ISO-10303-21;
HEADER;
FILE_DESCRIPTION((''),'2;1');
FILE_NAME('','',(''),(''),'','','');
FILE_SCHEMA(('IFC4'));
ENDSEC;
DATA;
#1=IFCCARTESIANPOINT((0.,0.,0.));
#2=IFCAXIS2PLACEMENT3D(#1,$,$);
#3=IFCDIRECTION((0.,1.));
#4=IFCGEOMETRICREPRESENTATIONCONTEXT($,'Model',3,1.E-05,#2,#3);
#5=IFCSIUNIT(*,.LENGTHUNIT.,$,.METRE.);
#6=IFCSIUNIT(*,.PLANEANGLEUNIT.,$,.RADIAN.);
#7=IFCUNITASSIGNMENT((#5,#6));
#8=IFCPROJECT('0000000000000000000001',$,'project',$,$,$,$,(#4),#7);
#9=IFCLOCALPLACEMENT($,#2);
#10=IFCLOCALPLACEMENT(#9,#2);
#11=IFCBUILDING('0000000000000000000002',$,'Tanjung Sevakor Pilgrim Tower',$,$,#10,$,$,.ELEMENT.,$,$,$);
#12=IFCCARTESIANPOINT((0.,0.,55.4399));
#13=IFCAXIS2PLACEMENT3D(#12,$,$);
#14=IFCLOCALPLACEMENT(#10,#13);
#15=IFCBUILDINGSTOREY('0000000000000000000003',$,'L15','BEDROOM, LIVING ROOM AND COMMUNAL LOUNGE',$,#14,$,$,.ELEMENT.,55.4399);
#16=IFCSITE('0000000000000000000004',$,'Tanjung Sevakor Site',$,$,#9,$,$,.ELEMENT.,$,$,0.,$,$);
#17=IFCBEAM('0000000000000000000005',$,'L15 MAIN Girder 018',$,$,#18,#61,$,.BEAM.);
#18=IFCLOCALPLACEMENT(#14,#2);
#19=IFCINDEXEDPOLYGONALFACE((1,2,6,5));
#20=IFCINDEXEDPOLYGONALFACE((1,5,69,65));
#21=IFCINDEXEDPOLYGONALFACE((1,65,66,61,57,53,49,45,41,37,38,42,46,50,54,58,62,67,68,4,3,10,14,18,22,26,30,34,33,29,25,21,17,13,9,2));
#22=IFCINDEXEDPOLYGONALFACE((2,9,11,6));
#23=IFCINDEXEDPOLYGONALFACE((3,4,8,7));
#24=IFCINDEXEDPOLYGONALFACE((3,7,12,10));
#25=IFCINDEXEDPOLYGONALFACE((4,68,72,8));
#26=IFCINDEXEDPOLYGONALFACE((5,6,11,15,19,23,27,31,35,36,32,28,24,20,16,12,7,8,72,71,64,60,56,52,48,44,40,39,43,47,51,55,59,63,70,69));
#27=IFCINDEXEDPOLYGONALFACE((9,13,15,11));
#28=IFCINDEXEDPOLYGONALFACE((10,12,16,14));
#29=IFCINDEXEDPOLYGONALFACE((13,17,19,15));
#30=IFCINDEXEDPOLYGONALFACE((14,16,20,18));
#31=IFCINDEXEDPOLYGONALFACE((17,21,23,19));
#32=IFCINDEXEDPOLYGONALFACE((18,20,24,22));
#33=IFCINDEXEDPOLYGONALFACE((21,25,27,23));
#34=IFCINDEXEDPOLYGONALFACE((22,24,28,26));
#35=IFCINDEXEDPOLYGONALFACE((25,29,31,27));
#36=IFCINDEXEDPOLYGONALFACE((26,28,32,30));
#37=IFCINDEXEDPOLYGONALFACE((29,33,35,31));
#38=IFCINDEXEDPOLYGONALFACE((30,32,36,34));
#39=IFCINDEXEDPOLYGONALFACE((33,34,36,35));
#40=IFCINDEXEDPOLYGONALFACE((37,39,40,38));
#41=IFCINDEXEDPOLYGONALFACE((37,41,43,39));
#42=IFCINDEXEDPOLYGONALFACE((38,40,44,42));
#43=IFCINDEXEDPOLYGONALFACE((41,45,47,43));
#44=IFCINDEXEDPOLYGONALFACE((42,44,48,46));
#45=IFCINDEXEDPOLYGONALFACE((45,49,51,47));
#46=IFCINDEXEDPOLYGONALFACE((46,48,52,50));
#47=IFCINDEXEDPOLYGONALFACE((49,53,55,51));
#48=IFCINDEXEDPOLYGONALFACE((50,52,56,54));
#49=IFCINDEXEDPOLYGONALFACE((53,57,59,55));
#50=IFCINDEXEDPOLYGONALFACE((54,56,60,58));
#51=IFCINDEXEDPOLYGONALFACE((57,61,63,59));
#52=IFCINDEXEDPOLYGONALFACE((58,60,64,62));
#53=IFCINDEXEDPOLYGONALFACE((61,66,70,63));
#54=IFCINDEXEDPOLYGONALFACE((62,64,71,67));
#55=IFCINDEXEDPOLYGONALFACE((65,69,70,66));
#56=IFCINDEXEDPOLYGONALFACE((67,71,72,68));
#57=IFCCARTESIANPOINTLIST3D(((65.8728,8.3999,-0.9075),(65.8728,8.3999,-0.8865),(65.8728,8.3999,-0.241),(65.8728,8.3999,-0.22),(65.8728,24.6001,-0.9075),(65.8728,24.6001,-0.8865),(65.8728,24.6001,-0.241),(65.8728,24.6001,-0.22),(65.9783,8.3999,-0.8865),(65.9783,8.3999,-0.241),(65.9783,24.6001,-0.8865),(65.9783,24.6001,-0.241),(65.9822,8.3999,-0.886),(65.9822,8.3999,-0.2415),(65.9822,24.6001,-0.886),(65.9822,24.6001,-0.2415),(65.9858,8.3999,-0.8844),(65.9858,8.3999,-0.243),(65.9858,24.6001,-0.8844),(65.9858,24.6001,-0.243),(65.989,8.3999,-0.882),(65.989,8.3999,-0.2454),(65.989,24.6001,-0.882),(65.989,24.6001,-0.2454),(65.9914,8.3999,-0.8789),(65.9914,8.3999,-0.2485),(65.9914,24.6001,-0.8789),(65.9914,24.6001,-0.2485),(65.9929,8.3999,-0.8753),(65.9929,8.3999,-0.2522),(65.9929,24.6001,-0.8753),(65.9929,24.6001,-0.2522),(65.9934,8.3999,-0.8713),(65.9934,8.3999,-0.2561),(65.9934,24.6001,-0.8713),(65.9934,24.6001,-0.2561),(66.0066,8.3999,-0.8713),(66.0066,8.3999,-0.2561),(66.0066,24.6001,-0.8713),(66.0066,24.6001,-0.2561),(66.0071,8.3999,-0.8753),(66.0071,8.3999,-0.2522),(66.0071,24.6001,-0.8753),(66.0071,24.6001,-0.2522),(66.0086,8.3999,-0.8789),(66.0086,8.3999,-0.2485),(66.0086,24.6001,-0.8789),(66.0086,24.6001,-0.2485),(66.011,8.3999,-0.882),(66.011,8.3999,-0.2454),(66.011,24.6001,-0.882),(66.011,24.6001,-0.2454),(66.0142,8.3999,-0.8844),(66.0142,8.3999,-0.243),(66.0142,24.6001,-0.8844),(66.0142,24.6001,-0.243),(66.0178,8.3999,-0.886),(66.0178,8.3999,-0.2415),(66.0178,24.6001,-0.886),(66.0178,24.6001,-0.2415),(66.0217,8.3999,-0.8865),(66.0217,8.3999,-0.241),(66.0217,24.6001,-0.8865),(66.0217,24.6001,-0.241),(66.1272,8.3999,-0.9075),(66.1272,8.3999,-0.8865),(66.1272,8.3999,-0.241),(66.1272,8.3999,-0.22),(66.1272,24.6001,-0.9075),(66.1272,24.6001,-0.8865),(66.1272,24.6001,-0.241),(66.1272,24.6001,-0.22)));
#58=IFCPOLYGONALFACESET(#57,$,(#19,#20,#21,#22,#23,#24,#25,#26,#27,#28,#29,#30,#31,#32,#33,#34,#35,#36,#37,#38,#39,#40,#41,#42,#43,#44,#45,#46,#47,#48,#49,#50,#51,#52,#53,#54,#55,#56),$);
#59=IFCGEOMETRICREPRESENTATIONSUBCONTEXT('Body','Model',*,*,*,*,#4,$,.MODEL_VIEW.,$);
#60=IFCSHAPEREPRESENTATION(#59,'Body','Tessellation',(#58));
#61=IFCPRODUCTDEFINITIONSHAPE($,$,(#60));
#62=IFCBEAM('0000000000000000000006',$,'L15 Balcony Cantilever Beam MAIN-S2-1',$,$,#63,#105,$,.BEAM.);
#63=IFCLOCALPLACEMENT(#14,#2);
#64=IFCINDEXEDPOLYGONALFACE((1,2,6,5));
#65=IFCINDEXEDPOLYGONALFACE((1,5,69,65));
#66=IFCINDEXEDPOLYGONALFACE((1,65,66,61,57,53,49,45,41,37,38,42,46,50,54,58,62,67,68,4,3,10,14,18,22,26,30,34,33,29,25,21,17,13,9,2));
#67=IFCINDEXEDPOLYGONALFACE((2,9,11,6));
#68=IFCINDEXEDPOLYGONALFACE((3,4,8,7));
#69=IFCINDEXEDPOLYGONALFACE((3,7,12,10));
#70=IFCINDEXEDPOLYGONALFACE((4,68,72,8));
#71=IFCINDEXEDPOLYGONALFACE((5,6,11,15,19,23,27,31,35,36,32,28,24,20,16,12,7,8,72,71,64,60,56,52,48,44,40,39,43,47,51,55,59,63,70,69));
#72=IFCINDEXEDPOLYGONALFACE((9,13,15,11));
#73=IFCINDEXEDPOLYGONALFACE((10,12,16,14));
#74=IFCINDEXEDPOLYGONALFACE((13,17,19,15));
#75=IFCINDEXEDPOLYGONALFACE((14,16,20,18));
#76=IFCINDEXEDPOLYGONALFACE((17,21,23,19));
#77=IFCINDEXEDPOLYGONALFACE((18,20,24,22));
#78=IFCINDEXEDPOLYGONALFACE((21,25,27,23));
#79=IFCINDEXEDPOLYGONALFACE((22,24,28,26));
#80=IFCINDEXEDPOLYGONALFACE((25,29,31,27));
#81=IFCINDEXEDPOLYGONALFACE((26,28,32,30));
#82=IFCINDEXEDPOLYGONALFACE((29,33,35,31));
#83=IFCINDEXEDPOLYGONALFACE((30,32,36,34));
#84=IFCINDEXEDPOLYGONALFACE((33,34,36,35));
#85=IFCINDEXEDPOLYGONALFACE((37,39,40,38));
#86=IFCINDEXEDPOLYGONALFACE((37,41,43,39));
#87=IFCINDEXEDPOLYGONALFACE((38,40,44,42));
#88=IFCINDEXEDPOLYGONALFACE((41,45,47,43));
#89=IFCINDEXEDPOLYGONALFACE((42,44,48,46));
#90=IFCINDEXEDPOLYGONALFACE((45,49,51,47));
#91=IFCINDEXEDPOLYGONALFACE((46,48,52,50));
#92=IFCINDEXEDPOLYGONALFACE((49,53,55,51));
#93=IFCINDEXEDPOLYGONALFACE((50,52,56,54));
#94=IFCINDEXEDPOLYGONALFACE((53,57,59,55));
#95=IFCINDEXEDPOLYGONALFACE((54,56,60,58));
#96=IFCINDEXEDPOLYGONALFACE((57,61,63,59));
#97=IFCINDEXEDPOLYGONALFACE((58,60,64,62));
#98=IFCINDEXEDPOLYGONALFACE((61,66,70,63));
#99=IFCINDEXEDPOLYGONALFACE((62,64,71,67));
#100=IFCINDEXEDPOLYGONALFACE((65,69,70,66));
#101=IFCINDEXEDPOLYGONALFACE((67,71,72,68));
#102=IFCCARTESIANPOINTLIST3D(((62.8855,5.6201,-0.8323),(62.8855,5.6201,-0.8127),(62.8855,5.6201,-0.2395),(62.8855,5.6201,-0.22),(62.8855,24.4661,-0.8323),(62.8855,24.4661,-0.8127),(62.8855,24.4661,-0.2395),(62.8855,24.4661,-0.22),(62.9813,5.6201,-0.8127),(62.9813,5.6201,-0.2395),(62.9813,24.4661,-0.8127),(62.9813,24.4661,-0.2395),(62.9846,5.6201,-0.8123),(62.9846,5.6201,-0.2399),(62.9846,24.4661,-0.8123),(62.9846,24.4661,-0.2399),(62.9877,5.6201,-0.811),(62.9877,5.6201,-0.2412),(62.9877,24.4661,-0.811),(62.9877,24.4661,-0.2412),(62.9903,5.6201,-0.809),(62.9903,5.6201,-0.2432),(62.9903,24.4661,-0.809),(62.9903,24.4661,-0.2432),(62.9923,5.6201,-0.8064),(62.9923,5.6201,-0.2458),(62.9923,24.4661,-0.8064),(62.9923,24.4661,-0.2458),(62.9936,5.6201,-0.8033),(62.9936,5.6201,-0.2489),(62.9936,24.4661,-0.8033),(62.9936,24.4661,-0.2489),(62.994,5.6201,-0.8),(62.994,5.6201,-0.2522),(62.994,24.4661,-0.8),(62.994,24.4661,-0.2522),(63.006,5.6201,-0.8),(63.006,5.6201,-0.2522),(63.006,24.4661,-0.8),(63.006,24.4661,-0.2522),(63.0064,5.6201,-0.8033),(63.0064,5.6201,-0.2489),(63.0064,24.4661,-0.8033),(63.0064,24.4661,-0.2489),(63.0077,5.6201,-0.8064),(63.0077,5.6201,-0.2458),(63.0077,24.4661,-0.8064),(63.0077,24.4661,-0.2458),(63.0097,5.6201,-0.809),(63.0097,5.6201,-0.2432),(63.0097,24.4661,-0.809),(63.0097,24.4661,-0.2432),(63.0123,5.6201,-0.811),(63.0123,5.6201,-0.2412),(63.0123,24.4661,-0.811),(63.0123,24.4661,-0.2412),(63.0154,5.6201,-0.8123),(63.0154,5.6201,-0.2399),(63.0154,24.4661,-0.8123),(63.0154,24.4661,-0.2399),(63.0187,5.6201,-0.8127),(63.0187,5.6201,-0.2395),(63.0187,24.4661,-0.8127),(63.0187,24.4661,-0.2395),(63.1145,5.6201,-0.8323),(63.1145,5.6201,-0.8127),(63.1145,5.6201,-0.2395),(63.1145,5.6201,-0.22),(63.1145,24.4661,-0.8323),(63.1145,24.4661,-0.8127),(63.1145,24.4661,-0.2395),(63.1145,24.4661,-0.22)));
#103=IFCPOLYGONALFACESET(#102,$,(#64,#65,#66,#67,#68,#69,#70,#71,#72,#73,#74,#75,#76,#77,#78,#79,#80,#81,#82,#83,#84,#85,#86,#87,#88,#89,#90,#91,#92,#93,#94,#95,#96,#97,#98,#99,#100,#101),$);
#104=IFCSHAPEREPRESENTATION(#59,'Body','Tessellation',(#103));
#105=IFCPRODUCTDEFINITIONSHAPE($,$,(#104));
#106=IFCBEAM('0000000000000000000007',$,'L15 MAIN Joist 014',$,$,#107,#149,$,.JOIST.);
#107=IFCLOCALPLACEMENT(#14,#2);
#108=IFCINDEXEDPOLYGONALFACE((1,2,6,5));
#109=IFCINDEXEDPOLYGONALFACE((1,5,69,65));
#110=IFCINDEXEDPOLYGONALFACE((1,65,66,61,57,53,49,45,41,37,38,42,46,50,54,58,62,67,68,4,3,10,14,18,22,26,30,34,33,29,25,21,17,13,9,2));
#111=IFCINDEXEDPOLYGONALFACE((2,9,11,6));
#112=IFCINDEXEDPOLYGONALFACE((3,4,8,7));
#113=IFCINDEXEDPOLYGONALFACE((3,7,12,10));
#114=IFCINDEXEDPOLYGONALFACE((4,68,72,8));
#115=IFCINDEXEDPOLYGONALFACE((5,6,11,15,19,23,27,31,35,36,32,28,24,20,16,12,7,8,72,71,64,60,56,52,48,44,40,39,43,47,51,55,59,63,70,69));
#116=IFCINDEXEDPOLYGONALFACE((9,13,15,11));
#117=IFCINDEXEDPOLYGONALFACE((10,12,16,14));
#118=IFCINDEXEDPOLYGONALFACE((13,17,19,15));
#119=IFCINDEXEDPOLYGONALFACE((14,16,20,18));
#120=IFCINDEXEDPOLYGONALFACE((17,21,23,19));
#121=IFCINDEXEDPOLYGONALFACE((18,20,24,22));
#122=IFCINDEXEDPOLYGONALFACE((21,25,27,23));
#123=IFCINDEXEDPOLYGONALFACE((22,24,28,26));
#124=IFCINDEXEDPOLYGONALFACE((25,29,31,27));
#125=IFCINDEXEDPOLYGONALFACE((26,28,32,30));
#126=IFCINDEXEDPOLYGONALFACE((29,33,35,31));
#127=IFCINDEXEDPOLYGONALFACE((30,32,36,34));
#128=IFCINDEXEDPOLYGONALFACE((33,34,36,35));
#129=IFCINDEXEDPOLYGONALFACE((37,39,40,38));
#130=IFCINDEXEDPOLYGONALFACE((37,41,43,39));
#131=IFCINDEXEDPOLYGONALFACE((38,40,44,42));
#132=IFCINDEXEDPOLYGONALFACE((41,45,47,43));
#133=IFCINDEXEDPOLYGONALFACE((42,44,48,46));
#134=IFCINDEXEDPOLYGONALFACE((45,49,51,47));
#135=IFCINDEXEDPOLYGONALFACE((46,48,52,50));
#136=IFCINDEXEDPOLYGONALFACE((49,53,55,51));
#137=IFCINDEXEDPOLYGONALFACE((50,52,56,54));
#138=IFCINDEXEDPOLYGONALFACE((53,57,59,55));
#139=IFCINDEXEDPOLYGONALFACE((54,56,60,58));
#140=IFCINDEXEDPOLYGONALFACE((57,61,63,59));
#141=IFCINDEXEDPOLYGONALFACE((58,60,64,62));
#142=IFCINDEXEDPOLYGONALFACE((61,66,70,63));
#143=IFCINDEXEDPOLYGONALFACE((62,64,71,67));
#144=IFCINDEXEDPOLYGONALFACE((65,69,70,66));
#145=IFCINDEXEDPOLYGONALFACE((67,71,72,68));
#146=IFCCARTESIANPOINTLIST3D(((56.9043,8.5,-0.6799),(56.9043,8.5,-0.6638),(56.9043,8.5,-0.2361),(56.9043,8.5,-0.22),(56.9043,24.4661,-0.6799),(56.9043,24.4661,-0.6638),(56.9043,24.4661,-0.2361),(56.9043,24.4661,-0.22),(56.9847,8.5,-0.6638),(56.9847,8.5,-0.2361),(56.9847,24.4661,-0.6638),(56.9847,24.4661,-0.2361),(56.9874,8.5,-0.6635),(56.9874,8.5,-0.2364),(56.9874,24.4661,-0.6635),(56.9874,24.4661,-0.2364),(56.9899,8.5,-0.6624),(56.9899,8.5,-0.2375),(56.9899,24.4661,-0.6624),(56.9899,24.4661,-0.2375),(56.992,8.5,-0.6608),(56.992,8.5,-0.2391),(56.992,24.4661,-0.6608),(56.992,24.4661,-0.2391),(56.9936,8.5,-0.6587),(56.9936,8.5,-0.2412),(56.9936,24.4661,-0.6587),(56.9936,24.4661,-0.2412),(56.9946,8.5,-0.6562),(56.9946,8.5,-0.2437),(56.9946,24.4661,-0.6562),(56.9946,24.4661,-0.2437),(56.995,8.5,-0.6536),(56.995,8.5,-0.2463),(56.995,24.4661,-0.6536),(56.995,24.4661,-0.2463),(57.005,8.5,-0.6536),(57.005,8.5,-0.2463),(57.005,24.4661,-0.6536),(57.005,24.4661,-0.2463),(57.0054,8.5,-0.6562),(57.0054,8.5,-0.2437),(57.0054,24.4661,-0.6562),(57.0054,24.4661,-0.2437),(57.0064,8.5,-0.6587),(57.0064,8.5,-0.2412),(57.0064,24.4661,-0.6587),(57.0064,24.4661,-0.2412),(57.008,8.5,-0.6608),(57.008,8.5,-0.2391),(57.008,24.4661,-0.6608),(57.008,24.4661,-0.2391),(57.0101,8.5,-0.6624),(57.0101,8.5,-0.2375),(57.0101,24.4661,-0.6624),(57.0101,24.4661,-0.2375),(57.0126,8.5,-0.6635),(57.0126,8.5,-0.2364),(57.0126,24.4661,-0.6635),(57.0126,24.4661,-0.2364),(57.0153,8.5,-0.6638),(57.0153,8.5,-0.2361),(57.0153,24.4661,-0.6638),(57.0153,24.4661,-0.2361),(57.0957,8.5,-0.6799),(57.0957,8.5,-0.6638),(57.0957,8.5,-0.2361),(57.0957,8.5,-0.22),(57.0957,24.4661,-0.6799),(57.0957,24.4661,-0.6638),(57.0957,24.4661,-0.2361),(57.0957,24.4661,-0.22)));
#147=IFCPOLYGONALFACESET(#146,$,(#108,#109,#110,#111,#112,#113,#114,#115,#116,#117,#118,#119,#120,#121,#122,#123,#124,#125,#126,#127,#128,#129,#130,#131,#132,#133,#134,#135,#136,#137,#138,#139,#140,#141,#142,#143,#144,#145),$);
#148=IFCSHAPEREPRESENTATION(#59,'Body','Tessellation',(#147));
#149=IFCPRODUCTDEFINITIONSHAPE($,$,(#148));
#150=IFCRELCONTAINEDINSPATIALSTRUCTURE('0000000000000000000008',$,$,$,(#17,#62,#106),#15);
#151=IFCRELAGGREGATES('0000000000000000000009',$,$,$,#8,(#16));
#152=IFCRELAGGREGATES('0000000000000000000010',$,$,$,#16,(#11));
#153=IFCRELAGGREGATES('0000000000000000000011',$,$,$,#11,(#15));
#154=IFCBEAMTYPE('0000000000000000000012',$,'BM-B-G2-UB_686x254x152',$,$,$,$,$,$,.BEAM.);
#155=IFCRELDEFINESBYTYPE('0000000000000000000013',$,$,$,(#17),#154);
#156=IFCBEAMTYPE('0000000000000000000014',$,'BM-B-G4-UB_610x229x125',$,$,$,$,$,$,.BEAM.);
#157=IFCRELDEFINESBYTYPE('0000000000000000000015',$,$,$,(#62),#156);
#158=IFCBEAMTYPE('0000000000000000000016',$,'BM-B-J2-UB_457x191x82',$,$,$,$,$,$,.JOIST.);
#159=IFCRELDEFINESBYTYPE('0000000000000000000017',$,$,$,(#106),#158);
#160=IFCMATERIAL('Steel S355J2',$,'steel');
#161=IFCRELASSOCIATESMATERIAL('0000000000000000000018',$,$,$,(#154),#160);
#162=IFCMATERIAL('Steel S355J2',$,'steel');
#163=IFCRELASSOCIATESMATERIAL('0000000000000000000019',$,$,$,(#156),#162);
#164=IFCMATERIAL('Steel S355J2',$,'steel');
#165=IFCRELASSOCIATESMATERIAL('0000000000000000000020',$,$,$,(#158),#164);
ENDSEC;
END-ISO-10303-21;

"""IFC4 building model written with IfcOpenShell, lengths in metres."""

from ifc_helpers import new_model, si_unit, direction, frame, origin, origin_2d, place, context, subcontext, project, spatial, i_section, extrude, material, material_profile, profile_set, type_object, element, save


model = new_model("IFC4")

# Units and contexts
model_context = context("Model", 3, precision=1e-05, world=origin(), true_north=direction((0.0, 1.0)))
body_context = subcontext(model_context, "Body", "Model", "MODEL_VIEW")
ifc_project = project(units=[si_unit("LENGTHUNIT", "METRE"), si_unit("PLANEANGLEUNIT", "RADIAN")], contexts=[model_context])

# Site, building, storey
site_placement = place(None, origin())
site = spatial("IfcSite", under=ifc_project, at=site_placement, Name="Tanjung Sevakor Site", CompositionType="ELEMENT", RefElevation=0.0)
building_placement = place(site_placement, origin())
building = spatial("IfcBuilding", under=site, at=building_placement, Name="Tanjung Sevakor Pilgrim Tower", CompositionType="ELEMENT")
storey_placement = place(building_placement, frame((0.0, 0.0, 55.4399)))
storey = spatial("IfcBuildingStorey", under=building, at=storey_placement, Name="L15", Description="BEDROOM, LIVING ROOM AND COMMUNAL LOUNGE", CompositionType="ELEMENT", Elevation=55.4399)

# Beams
ifc_material_1 = material(Name="Steel S355J2", Category="steel")
ifc_material_profile_1 = material_profile(ifc_material_1, i_section(OverallWidth=0.2544, OverallDepth=0.6875, WebThickness=0.0132, FlangeThickness=0.021, FilletRadius=0.0151, at=origin_2d()))
ifc_profile_set_1 = profile_set([ifc_material_profile_1], Name="Steel S355J2")
beam_type_1 = type_object("IfcBeamType", Name="BM-B-G2-UB_686x254x152", PredefinedType="BEAM", material=ifc_profile_set_1)
for number, where, z_axis, x_axis, name in (
    (1, (66.0, 8.3999, -0.5637), (0.0, 1.0, 0.0), (-1.0, 0.0, 0.0), "L15 MAIN Girder 018"),
):
    element("IfcBeam", number, at=place(storey_placement, frame(where, z_axis=z_axis, x_axis=x_axis)), inside=storey, type_object=beam_type_1, Name=name, PredefinedType="BEAM", context=body_context, shape_type="SweptSolid", body=[
        extrude(i_section(OverallWidth=0.2544, OverallDepth=0.6875, WebThickness=0.0132, FlangeThickness=0.021, FilletRadius=0.0151, at=origin_2d()), origin(), (0.0, 0.0, 1.0), 16.2002),
    ])
ifc_material_2 = material(Name="Steel S355J2", Category="steel")
ifc_material_profile_2 = material_profile(ifc_material_2, i_section(OverallWidth=0.229, OverallDepth=0.6123, WebThickness=0.012, FlangeThickness=0.0195, FilletRadius=0.0127, at=origin_2d()))
ifc_profile_set_2 = profile_set([ifc_material_profile_2], Name="Steel S355J2")
beam_type_2 = type_object("IfcBeamType", Name="BM-B-G4-UB_610x229x125", PredefinedType="BEAM", material=ifc_profile_set_2)
beam_1_placement = place(storey_placement, frame((63.0, 24.4661, -0.5261), z_axis=(0.0, -1.0, 0.0), x_axis=(1.0, 0.0, 0.0)))
element("IfcBeam", 2, at=beam_1_placement, inside=storey, type_object=beam_type_2, Name="L15 Balcony Cantilever Beam MAIN-S2-1", PredefinedType="BEAM", context=body_context, shape_type="SweptSolid", body=[
    extrude(i_section(OverallWidth=0.229, OverallDepth=0.6123, WebThickness=0.012, FlangeThickness=0.0195, FilletRadius=0.0127, at=origin_2d()), origin(), (0.0, 0.0, 1.0), 18.8459),
])
ifc_material_3 = material(Name="Steel S355J2", Category="steel")
ifc_material_profile_3 = material_profile(ifc_material_3, i_section(OverallWidth=0.1914, OverallDepth=0.46, WebThickness=0.01, FlangeThickness=0.0161, FilletRadius=0.0103, at=origin_2d()))
ifc_profile_set_3 = profile_set([ifc_material_profile_3], Name="Steel S355J2")
beam_type_3 = type_object("IfcBeamType", Name="BM-B-J2-UB_457x191x82", PredefinedType="JOIST", material=ifc_profile_set_3)
beam_2_placement = place(storey_placement, frame((57.0, 8.5, -0.45), z_axis=(0.0, 1.0, 0.0), x_axis=(-1.0, 0.0, 0.0)))
element("IfcBeam", 3, at=beam_2_placement, inside=storey, type_object=beam_type_3, Name="L15 MAIN Joist 014", PredefinedType="JOIST", context=body_context, shape_type="SweptSolid", body=[
    extrude(i_section(OverallWidth=0.1914, OverallDepth=0.46, WebThickness=0.01, FlangeThickness=0.0161, FilletRadius=0.0103, at=origin_2d()), origin(), (0.0, 0.0, 1.0), 15.9661),
])

save(model, "model.ifc")
